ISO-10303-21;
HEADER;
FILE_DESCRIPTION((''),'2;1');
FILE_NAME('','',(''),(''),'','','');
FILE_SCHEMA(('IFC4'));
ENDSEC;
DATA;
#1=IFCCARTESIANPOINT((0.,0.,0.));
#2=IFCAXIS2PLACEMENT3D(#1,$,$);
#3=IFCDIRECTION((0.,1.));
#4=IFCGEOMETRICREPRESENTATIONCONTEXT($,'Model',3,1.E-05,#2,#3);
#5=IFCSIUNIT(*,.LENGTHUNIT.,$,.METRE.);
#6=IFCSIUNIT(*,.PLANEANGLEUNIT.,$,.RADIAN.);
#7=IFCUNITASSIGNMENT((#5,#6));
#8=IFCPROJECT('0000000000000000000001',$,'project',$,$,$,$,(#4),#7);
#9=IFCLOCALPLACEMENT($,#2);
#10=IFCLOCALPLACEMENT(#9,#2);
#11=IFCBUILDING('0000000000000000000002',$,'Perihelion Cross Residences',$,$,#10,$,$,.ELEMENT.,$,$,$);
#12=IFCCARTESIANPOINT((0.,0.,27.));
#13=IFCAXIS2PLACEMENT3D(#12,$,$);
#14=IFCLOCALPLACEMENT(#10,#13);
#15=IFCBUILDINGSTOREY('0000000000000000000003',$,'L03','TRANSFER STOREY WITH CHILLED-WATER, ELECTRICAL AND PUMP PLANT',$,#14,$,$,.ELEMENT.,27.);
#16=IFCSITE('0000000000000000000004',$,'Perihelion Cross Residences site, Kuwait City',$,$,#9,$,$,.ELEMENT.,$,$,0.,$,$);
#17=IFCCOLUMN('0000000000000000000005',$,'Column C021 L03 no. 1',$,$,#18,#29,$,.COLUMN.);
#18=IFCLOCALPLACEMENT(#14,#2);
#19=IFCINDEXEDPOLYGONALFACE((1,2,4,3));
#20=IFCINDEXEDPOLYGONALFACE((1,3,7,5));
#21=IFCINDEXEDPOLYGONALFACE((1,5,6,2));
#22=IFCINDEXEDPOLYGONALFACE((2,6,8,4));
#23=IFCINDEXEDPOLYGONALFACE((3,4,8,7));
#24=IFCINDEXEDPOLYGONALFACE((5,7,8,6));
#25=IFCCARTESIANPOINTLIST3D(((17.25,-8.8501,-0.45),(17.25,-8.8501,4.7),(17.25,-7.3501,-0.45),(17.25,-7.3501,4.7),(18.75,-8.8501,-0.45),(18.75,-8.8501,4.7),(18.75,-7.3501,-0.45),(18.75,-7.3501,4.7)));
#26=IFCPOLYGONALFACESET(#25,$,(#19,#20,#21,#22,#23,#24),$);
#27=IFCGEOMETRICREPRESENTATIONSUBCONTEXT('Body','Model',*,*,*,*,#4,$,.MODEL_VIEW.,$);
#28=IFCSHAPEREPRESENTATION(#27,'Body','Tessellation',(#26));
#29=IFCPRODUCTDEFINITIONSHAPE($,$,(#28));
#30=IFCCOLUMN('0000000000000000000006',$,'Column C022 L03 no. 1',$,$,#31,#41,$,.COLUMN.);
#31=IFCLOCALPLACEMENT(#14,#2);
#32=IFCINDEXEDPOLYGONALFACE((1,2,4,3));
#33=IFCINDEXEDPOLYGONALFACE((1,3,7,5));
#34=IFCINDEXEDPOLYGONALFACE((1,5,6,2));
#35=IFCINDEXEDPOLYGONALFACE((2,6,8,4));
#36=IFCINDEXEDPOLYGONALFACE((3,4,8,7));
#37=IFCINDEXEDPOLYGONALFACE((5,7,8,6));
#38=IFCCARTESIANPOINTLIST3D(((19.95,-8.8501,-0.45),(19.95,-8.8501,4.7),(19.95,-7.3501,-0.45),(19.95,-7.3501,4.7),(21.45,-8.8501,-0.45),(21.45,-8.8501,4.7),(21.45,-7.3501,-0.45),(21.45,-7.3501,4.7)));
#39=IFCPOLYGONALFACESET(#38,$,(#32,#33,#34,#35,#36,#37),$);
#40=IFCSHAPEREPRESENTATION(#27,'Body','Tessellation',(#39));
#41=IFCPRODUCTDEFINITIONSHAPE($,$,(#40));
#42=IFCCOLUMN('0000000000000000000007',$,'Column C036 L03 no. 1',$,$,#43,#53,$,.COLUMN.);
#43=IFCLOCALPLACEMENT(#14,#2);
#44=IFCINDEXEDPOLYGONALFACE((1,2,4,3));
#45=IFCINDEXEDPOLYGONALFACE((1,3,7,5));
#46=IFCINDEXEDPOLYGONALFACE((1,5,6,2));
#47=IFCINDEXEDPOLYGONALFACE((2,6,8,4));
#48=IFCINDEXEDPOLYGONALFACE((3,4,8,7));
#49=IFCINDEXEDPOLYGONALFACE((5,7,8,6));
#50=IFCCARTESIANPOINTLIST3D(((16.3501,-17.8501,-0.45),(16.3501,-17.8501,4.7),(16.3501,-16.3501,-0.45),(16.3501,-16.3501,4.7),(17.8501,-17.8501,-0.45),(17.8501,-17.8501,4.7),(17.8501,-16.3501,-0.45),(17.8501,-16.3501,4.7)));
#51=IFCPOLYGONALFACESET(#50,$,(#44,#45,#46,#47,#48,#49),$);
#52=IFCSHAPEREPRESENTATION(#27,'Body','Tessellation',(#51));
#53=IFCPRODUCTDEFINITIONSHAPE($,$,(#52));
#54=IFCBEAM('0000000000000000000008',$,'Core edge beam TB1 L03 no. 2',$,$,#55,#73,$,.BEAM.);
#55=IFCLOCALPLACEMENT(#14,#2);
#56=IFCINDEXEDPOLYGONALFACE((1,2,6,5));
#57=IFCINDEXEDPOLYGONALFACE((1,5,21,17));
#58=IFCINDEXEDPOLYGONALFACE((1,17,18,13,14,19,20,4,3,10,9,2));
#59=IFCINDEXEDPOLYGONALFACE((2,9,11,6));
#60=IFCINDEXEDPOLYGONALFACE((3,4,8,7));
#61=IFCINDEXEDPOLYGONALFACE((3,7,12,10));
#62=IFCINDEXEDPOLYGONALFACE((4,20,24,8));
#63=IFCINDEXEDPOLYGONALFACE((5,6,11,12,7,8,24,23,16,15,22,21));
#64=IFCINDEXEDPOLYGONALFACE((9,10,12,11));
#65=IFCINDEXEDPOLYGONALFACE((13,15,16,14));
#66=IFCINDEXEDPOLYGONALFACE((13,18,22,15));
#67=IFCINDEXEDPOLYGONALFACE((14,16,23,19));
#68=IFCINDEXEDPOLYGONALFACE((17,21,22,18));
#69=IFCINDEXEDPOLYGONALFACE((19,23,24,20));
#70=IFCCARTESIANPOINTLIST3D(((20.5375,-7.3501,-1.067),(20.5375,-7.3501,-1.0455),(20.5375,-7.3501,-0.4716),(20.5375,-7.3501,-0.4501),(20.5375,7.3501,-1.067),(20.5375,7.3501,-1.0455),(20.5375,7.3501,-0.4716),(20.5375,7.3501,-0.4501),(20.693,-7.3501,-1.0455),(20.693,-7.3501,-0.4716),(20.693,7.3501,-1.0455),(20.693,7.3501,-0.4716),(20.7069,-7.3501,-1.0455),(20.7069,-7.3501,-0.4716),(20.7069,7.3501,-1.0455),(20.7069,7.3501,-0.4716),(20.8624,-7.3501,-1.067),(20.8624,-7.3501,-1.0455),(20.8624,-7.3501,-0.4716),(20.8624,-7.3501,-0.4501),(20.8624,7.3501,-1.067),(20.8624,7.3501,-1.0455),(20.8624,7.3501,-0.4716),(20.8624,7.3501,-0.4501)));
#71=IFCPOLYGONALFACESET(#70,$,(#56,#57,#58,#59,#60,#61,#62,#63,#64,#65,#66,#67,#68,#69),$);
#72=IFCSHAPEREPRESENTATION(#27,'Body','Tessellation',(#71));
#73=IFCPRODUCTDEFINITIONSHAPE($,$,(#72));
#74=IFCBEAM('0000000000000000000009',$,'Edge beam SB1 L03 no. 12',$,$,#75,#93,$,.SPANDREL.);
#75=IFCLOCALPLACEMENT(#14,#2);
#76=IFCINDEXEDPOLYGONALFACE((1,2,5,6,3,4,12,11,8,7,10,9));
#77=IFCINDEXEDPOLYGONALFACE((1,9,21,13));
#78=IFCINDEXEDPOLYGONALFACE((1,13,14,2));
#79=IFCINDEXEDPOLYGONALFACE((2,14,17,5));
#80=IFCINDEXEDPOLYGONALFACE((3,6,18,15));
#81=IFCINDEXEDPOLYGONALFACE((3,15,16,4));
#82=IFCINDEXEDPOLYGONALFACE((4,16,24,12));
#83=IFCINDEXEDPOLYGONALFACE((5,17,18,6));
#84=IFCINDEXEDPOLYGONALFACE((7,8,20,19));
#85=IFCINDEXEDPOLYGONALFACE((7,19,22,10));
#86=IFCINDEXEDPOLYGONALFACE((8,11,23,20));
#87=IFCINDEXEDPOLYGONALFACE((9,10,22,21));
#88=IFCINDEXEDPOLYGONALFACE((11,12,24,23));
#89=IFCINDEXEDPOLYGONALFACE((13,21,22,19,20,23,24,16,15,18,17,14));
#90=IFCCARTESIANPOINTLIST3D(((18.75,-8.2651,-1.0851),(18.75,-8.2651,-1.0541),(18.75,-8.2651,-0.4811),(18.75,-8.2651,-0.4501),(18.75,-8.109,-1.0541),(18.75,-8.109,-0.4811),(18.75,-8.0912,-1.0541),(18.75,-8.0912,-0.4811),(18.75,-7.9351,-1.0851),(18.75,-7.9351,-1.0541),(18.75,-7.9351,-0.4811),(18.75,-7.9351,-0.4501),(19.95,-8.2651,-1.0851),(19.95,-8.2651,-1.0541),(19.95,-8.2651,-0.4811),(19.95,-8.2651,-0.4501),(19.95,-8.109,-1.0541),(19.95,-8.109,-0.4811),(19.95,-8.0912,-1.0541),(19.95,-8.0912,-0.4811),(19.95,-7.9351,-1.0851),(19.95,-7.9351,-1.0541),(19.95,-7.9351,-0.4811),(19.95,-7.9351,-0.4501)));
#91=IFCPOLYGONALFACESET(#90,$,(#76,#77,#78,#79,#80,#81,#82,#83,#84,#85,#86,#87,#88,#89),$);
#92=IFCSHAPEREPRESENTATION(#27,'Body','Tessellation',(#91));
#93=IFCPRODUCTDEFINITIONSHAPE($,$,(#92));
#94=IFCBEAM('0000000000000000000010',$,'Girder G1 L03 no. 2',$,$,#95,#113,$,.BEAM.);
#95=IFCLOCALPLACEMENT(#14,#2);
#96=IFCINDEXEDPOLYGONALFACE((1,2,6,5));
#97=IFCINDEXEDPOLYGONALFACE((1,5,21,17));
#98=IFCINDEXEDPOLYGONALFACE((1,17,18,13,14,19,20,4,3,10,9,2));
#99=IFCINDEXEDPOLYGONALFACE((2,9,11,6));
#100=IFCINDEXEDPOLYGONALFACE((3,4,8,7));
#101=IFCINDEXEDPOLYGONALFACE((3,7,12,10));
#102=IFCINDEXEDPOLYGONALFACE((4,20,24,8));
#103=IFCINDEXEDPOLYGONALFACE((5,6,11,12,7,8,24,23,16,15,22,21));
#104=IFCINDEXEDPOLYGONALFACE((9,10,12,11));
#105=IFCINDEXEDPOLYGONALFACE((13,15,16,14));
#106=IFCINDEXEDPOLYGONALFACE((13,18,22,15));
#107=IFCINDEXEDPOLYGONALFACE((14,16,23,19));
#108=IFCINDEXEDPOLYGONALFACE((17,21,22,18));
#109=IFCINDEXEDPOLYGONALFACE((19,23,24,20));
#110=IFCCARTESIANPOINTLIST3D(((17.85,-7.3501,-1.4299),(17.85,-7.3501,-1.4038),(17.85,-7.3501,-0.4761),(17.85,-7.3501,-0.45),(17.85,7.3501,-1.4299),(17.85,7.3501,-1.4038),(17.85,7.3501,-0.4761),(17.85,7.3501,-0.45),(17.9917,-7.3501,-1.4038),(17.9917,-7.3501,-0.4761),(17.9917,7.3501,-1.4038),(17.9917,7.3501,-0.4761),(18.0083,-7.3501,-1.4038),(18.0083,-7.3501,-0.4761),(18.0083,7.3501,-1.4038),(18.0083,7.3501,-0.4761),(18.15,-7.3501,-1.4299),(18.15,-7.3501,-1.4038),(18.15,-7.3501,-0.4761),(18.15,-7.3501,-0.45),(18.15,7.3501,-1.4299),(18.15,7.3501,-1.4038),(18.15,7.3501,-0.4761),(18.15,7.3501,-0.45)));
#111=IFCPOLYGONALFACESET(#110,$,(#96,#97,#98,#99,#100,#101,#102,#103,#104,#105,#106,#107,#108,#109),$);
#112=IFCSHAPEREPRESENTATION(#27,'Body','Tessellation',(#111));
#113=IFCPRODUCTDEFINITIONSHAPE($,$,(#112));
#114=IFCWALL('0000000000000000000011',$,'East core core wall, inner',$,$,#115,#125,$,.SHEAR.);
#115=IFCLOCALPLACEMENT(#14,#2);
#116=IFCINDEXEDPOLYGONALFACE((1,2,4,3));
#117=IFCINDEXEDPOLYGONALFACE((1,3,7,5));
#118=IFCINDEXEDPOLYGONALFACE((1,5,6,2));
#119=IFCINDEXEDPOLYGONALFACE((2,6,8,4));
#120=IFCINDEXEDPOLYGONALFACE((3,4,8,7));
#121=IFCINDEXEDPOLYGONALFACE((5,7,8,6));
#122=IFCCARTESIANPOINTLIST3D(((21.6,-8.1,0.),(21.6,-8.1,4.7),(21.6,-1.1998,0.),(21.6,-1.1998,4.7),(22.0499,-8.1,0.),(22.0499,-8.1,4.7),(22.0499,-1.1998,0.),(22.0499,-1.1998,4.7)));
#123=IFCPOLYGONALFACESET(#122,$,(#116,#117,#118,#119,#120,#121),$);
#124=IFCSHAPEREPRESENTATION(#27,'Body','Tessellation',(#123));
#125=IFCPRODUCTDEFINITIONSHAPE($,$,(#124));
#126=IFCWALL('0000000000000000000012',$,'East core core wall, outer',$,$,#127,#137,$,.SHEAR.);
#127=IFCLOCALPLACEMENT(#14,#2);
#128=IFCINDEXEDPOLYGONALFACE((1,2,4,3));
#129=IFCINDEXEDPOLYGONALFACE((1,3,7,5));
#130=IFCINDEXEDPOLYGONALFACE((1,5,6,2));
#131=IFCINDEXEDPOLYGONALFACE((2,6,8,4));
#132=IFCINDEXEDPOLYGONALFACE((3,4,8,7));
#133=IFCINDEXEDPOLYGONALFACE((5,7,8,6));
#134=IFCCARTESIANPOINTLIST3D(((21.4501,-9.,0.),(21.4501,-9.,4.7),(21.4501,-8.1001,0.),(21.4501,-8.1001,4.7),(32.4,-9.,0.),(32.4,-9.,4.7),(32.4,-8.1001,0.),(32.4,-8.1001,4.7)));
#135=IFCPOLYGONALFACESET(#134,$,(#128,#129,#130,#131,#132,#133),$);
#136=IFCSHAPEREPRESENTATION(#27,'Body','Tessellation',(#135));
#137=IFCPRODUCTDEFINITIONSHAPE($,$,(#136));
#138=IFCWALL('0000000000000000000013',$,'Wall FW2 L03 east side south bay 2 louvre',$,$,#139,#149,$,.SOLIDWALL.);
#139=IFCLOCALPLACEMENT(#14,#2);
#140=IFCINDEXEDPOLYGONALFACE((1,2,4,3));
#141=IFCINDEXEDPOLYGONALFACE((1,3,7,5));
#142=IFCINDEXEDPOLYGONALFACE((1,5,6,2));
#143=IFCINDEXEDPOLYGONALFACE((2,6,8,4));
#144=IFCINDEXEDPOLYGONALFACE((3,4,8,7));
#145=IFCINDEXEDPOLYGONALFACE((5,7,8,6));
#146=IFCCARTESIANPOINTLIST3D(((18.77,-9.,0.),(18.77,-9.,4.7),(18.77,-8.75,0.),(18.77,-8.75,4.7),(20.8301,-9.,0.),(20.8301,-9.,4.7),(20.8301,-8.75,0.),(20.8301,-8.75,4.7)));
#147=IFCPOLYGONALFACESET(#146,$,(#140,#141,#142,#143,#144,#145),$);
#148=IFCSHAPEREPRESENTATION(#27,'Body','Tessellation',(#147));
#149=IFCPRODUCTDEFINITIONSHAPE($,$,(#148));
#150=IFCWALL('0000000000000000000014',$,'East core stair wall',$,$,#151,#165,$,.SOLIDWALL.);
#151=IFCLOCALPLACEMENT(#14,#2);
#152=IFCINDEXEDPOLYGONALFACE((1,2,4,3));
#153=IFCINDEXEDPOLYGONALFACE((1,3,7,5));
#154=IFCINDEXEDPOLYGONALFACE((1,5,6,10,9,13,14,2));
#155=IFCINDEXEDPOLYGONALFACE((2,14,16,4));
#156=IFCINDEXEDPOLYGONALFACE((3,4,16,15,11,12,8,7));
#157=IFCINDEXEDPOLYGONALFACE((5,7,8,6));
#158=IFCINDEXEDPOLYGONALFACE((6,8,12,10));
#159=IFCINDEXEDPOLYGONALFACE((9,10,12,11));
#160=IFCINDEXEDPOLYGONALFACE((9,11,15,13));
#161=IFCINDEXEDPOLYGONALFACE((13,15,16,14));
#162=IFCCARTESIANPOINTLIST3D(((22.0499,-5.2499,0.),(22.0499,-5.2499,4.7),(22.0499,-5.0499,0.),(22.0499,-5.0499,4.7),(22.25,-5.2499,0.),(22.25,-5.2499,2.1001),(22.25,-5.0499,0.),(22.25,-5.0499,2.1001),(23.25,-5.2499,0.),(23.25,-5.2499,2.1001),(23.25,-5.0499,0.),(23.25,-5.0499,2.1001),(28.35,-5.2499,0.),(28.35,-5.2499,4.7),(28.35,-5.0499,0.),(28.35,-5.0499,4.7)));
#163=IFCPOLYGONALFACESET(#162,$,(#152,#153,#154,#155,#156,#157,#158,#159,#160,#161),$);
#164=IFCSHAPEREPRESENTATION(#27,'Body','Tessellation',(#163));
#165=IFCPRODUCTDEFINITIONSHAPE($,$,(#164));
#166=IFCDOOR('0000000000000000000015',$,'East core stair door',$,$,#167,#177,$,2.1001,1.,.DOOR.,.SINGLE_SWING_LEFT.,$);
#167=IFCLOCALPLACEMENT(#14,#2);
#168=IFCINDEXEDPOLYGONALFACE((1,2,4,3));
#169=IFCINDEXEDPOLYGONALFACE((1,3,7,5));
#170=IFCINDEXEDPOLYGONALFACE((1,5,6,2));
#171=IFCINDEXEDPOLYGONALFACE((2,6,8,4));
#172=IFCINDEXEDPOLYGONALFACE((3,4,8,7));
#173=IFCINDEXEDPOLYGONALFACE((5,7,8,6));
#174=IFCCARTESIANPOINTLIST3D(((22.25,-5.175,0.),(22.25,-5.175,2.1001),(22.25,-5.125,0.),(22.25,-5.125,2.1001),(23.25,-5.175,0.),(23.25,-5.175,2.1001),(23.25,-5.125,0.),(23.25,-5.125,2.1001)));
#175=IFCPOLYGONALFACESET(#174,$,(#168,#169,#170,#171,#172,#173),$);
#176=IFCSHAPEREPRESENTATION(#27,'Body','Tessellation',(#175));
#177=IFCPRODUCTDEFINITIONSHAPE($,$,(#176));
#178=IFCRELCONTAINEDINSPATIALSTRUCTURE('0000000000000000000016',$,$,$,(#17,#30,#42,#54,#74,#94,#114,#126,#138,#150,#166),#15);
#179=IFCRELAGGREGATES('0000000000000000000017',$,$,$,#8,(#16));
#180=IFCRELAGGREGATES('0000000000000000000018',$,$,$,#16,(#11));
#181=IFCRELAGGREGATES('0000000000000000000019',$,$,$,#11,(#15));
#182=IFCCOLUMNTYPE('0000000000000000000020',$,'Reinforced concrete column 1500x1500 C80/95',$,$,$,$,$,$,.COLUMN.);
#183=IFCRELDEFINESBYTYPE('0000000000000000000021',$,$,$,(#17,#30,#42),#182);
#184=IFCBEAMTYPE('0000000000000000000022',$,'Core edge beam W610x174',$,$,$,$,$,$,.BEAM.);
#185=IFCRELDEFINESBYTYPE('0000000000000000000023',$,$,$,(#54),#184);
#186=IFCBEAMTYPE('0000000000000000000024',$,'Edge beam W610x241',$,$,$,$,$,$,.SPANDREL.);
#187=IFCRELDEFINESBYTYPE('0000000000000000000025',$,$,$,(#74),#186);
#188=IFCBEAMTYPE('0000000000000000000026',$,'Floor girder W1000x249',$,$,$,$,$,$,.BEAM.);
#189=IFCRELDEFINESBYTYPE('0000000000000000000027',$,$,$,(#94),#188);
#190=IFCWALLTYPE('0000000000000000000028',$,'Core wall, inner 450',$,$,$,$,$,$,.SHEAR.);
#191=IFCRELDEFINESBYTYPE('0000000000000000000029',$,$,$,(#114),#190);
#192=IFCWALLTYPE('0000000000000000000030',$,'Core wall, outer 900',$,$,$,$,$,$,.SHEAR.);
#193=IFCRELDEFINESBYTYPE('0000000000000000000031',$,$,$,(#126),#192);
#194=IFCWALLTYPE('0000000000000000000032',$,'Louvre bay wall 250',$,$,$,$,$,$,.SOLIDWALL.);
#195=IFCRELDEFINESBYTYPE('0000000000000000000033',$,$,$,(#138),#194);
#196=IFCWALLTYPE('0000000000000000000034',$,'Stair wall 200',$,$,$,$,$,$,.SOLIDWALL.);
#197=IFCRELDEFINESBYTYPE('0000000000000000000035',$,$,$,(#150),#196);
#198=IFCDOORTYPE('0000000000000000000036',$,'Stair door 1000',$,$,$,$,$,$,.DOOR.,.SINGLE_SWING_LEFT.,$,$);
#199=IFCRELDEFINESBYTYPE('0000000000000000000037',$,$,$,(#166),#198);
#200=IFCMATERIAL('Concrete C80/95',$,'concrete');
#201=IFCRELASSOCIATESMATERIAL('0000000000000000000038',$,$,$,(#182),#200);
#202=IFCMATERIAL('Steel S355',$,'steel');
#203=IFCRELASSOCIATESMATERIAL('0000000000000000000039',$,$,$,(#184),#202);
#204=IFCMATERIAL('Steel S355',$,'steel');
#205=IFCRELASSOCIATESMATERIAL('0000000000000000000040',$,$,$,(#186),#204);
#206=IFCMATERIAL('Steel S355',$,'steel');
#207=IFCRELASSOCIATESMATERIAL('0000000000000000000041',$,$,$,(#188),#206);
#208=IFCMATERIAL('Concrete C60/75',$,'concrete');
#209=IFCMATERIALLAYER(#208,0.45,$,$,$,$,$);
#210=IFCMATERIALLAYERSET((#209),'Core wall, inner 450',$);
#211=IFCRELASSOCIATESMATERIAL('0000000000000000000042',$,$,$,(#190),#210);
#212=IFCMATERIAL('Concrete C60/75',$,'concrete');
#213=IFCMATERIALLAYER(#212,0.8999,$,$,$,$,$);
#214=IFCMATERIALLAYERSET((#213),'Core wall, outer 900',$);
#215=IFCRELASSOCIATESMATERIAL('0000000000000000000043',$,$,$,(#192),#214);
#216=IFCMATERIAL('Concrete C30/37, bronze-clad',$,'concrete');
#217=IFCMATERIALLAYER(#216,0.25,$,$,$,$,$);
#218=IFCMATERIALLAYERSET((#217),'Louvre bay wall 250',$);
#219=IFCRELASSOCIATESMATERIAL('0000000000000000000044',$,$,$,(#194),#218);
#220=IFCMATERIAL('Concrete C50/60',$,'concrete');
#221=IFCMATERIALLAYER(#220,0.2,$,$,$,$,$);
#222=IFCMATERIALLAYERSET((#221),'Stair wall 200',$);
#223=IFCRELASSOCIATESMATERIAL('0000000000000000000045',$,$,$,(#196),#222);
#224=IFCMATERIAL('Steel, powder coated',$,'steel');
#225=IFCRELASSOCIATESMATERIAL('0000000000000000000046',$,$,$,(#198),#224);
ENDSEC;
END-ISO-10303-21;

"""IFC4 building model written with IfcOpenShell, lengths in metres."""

from ifc_helpers import new_model, si_unit, direction, frame, frame_2d, origin, origin_2d, place, context, subcontext, project, spatial, rectangle, i_section, extrude, material, layer, layer_set, material_profile, profile_set, type_object, element, fill, save


model = new_model("IFC4")

# Units and contexts
model_context = context("Model", 3, precision=1e-05, world=origin(), true_north=direction((0.0, 1.0)))
body_context = subcontext(model_context, "Body", "Model", "MODEL_VIEW")
ifc_project = project(units=[si_unit("LENGTHUNIT", "METRE"), si_unit("PLANEANGLEUNIT", "RADIAN")], contexts=[model_context])

# Site, building, storey
site_placement = place(None, origin())
site = spatial("IfcSite", under=ifc_project, at=site_placement, Name="Perihelion Cross Residences site, Kuwait City", CompositionType="ELEMENT", RefElevation=0.0)
building_placement = place(site_placement, origin())
building = spatial("IfcBuilding", under=site, at=building_placement, Name="Perihelion Cross Residences", CompositionType="ELEMENT")
storey_placement = place(building_placement, frame((0.0, 0.0, 27.0)))
storey = spatial("IfcBuildingStorey", under=building, at=storey_placement, Name="L03", Description="TRANSFER STOREY WITH CHILLED-WATER, ELECTRICAL AND PUMP PLANT", CompositionType="ELEMENT", Elevation=27.0)

# Columns
ifc_material_1 = material(Name="Concrete C80/95", Category="concrete")
ifc_material_profile_1 = material_profile(ifc_material_1, rectangle(XDim=1.5, YDim=1.5, at=origin_2d()), Name="RC 1500x1500")
ifc_profile_set_1 = profile_set([ifc_material_profile_1], Name="Concrete C80/95")
column_type = type_object("IfcColumnType", Name="Reinforced concrete column 1500x1500 C80/95", PredefinedType="COLUMN", material=ifc_profile_set_1)
for number, where, z_axis, x_axis, name in (
    (1, (18.0, -8.1001, -0.45), (0.0, 0.0, 1.0), (1.0, 0.0, 0.0), "Column C021 L03 no. 1"),
    (2, (20.7, -8.1001, -0.45), (0.0, 0.0, 1.0), (1.0, 0.0, 0.0), "Column C022 L03 no. 1"),
    (3, (17.1001, -17.1001, -0.45), (0.0, 0.0, 1.0), (1.0, 0.0, 0.0), "Column C036 L03 no. 1"),
):
    element("IfcColumn", number, at=place(storey_placement, frame(where, z_axis=z_axis, x_axis=x_axis)), inside=storey, type_object=column_type, Name=name, PredefinedType="COLUMN", context=body_context, shape_type="SweptSolid", body=[
        extrude(rectangle(XDim=1.5, YDim=1.5, at=origin_2d()), origin(), (0.0, 0.0, 1.0), 5.1499),
    ])

# Beams
ifc_material_2 = material(Name="Steel S355", Category="steel")
ifc_material_profile_2 = material_profile(ifc_material_2, i_section(OverallWidth=0.325, OverallDepth=0.6169, WebThickness=0.0139, FlangeThickness=0.0215, at=origin_2d()), Name="W610x174")
ifc_profile_set_2 = profile_set([ifc_material_profile_2], Name="Steel S355")
beam_type_1 = type_object("IfcBeamType", Name="Core edge beam W610x174", PredefinedType="BEAM", material=ifc_profile_set_2)
beam_1_placement = place(storey_placement, frame((20.7, -7.3501, -0.7585), z_axis=(0.0, 1.0, 0.0), x_axis=(-1.0, 0.0, 0.0)))
element("IfcBeam", 4, at=beam_1_placement, inside=storey, type_object=beam_type_1, Name="Core edge beam TB1 L03 no. 2", PredefinedType="BEAM", context=body_context, shape_type="SweptSolid", body=[
    extrude(i_section(OverallWidth=0.325, OverallDepth=0.6169, WebThickness=0.0139, FlangeThickness=0.0215, at=origin_2d()), origin(), (0.0, 0.0, 1.0), 14.7002),
])
ifc_material_3 = material(Name="Steel S355", Category="steel")
ifc_material_profile_3 = material_profile(ifc_material_3, i_section(OverallWidth=0.3301, OverallDepth=0.635, WebThickness=0.0178, FlangeThickness=0.031, at=origin_2d()), Name="W610x241")
ifc_profile_set_3 = profile_set([ifc_material_profile_3], Name="Steel S355")
beam_type_2 = type_object("IfcBeamType", Name="Edge beam W610x241", PredefinedType="SPANDREL", material=ifc_profile_set_3)
beam_2_placement = place(storey_placement, frame((18.75, -8.1001, -0.7676), z_axis=(1.0, 0.0, 0.0), x_axis=(0.0, 1.0, 0.0)))
element("IfcBeam", 5, at=beam_2_placement, inside=storey, type_object=beam_type_2, Name="Edge beam SB1 L03 no. 12", PredefinedType="SPANDREL", context=body_context, shape_type="SweptSolid", body=[
    extrude(i_section(OverallWidth=0.3301, OverallDepth=0.635, WebThickness=0.0178, FlangeThickness=0.031, at=origin_2d()), origin(), (0.0, 0.0, 1.0), 1.2),
])
ifc_material_4 = material(Name="Steel S355", Category="steel")
ifc_material_profile_4 = material_profile(ifc_material_4, i_section(OverallWidth=0.3, OverallDepth=0.98, WebThickness=0.0166, FlangeThickness=0.0261, at=origin_2d()), Name="W1000x249")
ifc_profile_set_4 = profile_set([ifc_material_profile_4], Name="Steel S355")
beam_type_3 = type_object("IfcBeamType", Name="Floor girder W1000x249", PredefinedType="BEAM", material=ifc_profile_set_4)
beam_3_placement = place(storey_placement, frame((18.0, -7.3501, -0.9399), z_axis=(0.0, 1.0, 0.0), x_axis=(-1.0, 0.0, 0.0)))
element("IfcBeam", 6, at=beam_3_placement, inside=storey, type_object=beam_type_3, Name="Girder G1 L03 no. 2", PredefinedType="BEAM", context=body_context, shape_type="SweptSolid", body=[
    extrude(i_section(OverallWidth=0.3, OverallDepth=0.98, WebThickness=0.0166, FlangeThickness=0.0261, at=origin_2d()), origin(), (0.0, 0.0, 1.0), 14.7002),
])

# Walls
ifc_material_5 = material(Name="Concrete C60/75", Category="concrete")
ifc_layer_1 = layer(ifc_material_5, 0.45)
ifc_layer_set_1 = layer_set([ifc_layer_1], Name="Core wall, inner 450")
wall_type_1 = type_object("IfcWallType", Name="Core wall, inner 450", PredefinedType="SHEAR", material=ifc_layer_set_1)
wall_1_placement = place(storey_placement, frame((21.825, -8.1001, 0.0), z_axis=(0.0, 0.0, 1.0), x_axis=(0.0, 1.0, 0.0)))
element("IfcWall", 7, at=wall_1_placement, inside=storey, type_object=wall_type_1, Name="East core core wall, inner", PredefinedType="SHEAR", context=body_context, shape_type="SweptSolid", body=[
    extrude(rectangle(XDim=6.9001, YDim=0.45, at=frame_2d((3.4502, 0.0))), origin(), (0.0, 0.0, 1.0), 4.7),
])
ifc_material_6 = material(Name="Concrete C60/75", Category="concrete")
ifc_layer_2 = layer(ifc_material_6, 0.8999)
ifc_layer_set_2 = layer_set([ifc_layer_2], Name="Core wall, outer 900")
wall_type_2 = type_object("IfcWallType", Name="Core wall, outer 900", PredefinedType="SHEAR", material=ifc_layer_set_2)
wall_2_placement = place(storey_placement, frame((21.45, -8.55, 0.0), z_axis=(0.0, 0.0, 1.0), x_axis=(1.0, 0.0, 0.0)))
element("IfcWall", 8, at=wall_2_placement, inside=storey, type_object=wall_type_2, Name="East core core wall, outer", PredefinedType="SHEAR", context=body_context, shape_type="SweptSolid", body=[
    extrude(rectangle(XDim=10.95, YDim=0.8999, at=frame_2d((5.4751, 0.0))), origin(), (0.0, 0.0, 1.0), 4.7),
])
ifc_material_7 = material(Name="Concrete C30/37, bronze-clad", Category="concrete")
ifc_layer_3 = layer(ifc_material_7, 0.25)
ifc_layer_set_3 = layer_set([ifc_layer_3], Name="Louvre bay wall 250")
wall_type_3 = type_object("IfcWallType", Name="Louvre bay wall 250", PredefinedType="SOLIDWALL", material=ifc_layer_set_3)
wall_3_placement = place(storey_placement, frame((18.77, -8.875, 0.0), z_axis=(0.0, 0.0, 1.0), x_axis=(1.0, 0.0, 0.0)))
element("IfcWall", 9, at=wall_3_placement, inside=storey, type_object=wall_type_3, Name="Wall FW2 L03 east side south bay 2 louvre", PredefinedType="SOLIDWALL", context=body_context, shape_type="SweptSolid", body=[
    extrude(rectangle(XDim=2.0601, YDim=0.25, at=frame_2d((1.03, 0.0))), origin(), (0.0, 0.0, 1.0), 4.7),
])

# Wall, opening, door
ifc_material_8 = material(Name="Concrete C50/60", Category="concrete")
ifc_layer_4 = layer(ifc_material_8, 0.2)
ifc_layer_set_4 = layer_set([ifc_layer_4], Name="Stair wall 200")
wall_type_4 = type_object("IfcWallType", Name="Stair wall 200", PredefinedType="SOLIDWALL", material=ifc_layer_set_4)
wall_4_placement = place(storey_placement, frame((22.05, -5.1499, 0.0), z_axis=(0.0, 0.0, 1.0), x_axis=(1.0, 0.0, 0.0)))
wall_4 = element("IfcWall", 10, at=wall_4_placement, inside=storey, type_object=wall_type_4, Name="East core stair wall", PredefinedType="SOLIDWALL", context=body_context, shape_type="SweptSolid", body=[
    extrude(rectangle(XDim=6.3, YDim=0.2, at=frame_2d((3.1499, 0.0))), origin(), (0.0, 0.0, 1.0), 4.7),
])
opening_placement = place(wall_4_placement, frame((0.2, 0.0, 0.0)))
opening = element("IfcOpeningElement", 11, at=opening_placement, cuts=wall_4, PredefinedType="OPENING", context=body_context, shape_type="SweptSolid", body=[
    extrude(rectangle(XDim=1.0, YDim=2.1001, at=frame_2d((0.5, 1.05))), frame((0.0, 0.1099, 0.0), z_axis=(0.0, -1.0, 0.0), x_axis=(1.0, 0.0, 0.0)), (0.0, 0.0, 1.0), 0.22),
])
ifc_material_9 = material(Name="Steel, powder coated", Category="steel")
door_type = type_object("IfcDoorType", Name="Stair door 1000", OperationType="SINGLE_SWING_LEFT", PredefinedType="DOOR", material=ifc_material_9)
door_placement = place(opening_placement, origin())
door = element("IfcDoor", 12, at=door_placement, inside=storey, type_object=door_type, Name="East core stair door", OperationType="SINGLE_SWING_LEFT", OverallHeight=2.1001, OverallWidth=1.0, PredefinedType="DOOR", context=body_context, shape_type="SweptSolid", body=[
    extrude(rectangle(XDim=1.0, YDim=2.1001, at=frame_2d((0.5, 1.05))), frame((0.0, 0.0249, 0.0), z_axis=(0.0, -1.0, 0.0), x_axis=(1.0, 0.0, 0.0)), (0.0, 0.0, 1.0), 0.05),
])
fill(opening, door)

save(model, "model.ifc")
